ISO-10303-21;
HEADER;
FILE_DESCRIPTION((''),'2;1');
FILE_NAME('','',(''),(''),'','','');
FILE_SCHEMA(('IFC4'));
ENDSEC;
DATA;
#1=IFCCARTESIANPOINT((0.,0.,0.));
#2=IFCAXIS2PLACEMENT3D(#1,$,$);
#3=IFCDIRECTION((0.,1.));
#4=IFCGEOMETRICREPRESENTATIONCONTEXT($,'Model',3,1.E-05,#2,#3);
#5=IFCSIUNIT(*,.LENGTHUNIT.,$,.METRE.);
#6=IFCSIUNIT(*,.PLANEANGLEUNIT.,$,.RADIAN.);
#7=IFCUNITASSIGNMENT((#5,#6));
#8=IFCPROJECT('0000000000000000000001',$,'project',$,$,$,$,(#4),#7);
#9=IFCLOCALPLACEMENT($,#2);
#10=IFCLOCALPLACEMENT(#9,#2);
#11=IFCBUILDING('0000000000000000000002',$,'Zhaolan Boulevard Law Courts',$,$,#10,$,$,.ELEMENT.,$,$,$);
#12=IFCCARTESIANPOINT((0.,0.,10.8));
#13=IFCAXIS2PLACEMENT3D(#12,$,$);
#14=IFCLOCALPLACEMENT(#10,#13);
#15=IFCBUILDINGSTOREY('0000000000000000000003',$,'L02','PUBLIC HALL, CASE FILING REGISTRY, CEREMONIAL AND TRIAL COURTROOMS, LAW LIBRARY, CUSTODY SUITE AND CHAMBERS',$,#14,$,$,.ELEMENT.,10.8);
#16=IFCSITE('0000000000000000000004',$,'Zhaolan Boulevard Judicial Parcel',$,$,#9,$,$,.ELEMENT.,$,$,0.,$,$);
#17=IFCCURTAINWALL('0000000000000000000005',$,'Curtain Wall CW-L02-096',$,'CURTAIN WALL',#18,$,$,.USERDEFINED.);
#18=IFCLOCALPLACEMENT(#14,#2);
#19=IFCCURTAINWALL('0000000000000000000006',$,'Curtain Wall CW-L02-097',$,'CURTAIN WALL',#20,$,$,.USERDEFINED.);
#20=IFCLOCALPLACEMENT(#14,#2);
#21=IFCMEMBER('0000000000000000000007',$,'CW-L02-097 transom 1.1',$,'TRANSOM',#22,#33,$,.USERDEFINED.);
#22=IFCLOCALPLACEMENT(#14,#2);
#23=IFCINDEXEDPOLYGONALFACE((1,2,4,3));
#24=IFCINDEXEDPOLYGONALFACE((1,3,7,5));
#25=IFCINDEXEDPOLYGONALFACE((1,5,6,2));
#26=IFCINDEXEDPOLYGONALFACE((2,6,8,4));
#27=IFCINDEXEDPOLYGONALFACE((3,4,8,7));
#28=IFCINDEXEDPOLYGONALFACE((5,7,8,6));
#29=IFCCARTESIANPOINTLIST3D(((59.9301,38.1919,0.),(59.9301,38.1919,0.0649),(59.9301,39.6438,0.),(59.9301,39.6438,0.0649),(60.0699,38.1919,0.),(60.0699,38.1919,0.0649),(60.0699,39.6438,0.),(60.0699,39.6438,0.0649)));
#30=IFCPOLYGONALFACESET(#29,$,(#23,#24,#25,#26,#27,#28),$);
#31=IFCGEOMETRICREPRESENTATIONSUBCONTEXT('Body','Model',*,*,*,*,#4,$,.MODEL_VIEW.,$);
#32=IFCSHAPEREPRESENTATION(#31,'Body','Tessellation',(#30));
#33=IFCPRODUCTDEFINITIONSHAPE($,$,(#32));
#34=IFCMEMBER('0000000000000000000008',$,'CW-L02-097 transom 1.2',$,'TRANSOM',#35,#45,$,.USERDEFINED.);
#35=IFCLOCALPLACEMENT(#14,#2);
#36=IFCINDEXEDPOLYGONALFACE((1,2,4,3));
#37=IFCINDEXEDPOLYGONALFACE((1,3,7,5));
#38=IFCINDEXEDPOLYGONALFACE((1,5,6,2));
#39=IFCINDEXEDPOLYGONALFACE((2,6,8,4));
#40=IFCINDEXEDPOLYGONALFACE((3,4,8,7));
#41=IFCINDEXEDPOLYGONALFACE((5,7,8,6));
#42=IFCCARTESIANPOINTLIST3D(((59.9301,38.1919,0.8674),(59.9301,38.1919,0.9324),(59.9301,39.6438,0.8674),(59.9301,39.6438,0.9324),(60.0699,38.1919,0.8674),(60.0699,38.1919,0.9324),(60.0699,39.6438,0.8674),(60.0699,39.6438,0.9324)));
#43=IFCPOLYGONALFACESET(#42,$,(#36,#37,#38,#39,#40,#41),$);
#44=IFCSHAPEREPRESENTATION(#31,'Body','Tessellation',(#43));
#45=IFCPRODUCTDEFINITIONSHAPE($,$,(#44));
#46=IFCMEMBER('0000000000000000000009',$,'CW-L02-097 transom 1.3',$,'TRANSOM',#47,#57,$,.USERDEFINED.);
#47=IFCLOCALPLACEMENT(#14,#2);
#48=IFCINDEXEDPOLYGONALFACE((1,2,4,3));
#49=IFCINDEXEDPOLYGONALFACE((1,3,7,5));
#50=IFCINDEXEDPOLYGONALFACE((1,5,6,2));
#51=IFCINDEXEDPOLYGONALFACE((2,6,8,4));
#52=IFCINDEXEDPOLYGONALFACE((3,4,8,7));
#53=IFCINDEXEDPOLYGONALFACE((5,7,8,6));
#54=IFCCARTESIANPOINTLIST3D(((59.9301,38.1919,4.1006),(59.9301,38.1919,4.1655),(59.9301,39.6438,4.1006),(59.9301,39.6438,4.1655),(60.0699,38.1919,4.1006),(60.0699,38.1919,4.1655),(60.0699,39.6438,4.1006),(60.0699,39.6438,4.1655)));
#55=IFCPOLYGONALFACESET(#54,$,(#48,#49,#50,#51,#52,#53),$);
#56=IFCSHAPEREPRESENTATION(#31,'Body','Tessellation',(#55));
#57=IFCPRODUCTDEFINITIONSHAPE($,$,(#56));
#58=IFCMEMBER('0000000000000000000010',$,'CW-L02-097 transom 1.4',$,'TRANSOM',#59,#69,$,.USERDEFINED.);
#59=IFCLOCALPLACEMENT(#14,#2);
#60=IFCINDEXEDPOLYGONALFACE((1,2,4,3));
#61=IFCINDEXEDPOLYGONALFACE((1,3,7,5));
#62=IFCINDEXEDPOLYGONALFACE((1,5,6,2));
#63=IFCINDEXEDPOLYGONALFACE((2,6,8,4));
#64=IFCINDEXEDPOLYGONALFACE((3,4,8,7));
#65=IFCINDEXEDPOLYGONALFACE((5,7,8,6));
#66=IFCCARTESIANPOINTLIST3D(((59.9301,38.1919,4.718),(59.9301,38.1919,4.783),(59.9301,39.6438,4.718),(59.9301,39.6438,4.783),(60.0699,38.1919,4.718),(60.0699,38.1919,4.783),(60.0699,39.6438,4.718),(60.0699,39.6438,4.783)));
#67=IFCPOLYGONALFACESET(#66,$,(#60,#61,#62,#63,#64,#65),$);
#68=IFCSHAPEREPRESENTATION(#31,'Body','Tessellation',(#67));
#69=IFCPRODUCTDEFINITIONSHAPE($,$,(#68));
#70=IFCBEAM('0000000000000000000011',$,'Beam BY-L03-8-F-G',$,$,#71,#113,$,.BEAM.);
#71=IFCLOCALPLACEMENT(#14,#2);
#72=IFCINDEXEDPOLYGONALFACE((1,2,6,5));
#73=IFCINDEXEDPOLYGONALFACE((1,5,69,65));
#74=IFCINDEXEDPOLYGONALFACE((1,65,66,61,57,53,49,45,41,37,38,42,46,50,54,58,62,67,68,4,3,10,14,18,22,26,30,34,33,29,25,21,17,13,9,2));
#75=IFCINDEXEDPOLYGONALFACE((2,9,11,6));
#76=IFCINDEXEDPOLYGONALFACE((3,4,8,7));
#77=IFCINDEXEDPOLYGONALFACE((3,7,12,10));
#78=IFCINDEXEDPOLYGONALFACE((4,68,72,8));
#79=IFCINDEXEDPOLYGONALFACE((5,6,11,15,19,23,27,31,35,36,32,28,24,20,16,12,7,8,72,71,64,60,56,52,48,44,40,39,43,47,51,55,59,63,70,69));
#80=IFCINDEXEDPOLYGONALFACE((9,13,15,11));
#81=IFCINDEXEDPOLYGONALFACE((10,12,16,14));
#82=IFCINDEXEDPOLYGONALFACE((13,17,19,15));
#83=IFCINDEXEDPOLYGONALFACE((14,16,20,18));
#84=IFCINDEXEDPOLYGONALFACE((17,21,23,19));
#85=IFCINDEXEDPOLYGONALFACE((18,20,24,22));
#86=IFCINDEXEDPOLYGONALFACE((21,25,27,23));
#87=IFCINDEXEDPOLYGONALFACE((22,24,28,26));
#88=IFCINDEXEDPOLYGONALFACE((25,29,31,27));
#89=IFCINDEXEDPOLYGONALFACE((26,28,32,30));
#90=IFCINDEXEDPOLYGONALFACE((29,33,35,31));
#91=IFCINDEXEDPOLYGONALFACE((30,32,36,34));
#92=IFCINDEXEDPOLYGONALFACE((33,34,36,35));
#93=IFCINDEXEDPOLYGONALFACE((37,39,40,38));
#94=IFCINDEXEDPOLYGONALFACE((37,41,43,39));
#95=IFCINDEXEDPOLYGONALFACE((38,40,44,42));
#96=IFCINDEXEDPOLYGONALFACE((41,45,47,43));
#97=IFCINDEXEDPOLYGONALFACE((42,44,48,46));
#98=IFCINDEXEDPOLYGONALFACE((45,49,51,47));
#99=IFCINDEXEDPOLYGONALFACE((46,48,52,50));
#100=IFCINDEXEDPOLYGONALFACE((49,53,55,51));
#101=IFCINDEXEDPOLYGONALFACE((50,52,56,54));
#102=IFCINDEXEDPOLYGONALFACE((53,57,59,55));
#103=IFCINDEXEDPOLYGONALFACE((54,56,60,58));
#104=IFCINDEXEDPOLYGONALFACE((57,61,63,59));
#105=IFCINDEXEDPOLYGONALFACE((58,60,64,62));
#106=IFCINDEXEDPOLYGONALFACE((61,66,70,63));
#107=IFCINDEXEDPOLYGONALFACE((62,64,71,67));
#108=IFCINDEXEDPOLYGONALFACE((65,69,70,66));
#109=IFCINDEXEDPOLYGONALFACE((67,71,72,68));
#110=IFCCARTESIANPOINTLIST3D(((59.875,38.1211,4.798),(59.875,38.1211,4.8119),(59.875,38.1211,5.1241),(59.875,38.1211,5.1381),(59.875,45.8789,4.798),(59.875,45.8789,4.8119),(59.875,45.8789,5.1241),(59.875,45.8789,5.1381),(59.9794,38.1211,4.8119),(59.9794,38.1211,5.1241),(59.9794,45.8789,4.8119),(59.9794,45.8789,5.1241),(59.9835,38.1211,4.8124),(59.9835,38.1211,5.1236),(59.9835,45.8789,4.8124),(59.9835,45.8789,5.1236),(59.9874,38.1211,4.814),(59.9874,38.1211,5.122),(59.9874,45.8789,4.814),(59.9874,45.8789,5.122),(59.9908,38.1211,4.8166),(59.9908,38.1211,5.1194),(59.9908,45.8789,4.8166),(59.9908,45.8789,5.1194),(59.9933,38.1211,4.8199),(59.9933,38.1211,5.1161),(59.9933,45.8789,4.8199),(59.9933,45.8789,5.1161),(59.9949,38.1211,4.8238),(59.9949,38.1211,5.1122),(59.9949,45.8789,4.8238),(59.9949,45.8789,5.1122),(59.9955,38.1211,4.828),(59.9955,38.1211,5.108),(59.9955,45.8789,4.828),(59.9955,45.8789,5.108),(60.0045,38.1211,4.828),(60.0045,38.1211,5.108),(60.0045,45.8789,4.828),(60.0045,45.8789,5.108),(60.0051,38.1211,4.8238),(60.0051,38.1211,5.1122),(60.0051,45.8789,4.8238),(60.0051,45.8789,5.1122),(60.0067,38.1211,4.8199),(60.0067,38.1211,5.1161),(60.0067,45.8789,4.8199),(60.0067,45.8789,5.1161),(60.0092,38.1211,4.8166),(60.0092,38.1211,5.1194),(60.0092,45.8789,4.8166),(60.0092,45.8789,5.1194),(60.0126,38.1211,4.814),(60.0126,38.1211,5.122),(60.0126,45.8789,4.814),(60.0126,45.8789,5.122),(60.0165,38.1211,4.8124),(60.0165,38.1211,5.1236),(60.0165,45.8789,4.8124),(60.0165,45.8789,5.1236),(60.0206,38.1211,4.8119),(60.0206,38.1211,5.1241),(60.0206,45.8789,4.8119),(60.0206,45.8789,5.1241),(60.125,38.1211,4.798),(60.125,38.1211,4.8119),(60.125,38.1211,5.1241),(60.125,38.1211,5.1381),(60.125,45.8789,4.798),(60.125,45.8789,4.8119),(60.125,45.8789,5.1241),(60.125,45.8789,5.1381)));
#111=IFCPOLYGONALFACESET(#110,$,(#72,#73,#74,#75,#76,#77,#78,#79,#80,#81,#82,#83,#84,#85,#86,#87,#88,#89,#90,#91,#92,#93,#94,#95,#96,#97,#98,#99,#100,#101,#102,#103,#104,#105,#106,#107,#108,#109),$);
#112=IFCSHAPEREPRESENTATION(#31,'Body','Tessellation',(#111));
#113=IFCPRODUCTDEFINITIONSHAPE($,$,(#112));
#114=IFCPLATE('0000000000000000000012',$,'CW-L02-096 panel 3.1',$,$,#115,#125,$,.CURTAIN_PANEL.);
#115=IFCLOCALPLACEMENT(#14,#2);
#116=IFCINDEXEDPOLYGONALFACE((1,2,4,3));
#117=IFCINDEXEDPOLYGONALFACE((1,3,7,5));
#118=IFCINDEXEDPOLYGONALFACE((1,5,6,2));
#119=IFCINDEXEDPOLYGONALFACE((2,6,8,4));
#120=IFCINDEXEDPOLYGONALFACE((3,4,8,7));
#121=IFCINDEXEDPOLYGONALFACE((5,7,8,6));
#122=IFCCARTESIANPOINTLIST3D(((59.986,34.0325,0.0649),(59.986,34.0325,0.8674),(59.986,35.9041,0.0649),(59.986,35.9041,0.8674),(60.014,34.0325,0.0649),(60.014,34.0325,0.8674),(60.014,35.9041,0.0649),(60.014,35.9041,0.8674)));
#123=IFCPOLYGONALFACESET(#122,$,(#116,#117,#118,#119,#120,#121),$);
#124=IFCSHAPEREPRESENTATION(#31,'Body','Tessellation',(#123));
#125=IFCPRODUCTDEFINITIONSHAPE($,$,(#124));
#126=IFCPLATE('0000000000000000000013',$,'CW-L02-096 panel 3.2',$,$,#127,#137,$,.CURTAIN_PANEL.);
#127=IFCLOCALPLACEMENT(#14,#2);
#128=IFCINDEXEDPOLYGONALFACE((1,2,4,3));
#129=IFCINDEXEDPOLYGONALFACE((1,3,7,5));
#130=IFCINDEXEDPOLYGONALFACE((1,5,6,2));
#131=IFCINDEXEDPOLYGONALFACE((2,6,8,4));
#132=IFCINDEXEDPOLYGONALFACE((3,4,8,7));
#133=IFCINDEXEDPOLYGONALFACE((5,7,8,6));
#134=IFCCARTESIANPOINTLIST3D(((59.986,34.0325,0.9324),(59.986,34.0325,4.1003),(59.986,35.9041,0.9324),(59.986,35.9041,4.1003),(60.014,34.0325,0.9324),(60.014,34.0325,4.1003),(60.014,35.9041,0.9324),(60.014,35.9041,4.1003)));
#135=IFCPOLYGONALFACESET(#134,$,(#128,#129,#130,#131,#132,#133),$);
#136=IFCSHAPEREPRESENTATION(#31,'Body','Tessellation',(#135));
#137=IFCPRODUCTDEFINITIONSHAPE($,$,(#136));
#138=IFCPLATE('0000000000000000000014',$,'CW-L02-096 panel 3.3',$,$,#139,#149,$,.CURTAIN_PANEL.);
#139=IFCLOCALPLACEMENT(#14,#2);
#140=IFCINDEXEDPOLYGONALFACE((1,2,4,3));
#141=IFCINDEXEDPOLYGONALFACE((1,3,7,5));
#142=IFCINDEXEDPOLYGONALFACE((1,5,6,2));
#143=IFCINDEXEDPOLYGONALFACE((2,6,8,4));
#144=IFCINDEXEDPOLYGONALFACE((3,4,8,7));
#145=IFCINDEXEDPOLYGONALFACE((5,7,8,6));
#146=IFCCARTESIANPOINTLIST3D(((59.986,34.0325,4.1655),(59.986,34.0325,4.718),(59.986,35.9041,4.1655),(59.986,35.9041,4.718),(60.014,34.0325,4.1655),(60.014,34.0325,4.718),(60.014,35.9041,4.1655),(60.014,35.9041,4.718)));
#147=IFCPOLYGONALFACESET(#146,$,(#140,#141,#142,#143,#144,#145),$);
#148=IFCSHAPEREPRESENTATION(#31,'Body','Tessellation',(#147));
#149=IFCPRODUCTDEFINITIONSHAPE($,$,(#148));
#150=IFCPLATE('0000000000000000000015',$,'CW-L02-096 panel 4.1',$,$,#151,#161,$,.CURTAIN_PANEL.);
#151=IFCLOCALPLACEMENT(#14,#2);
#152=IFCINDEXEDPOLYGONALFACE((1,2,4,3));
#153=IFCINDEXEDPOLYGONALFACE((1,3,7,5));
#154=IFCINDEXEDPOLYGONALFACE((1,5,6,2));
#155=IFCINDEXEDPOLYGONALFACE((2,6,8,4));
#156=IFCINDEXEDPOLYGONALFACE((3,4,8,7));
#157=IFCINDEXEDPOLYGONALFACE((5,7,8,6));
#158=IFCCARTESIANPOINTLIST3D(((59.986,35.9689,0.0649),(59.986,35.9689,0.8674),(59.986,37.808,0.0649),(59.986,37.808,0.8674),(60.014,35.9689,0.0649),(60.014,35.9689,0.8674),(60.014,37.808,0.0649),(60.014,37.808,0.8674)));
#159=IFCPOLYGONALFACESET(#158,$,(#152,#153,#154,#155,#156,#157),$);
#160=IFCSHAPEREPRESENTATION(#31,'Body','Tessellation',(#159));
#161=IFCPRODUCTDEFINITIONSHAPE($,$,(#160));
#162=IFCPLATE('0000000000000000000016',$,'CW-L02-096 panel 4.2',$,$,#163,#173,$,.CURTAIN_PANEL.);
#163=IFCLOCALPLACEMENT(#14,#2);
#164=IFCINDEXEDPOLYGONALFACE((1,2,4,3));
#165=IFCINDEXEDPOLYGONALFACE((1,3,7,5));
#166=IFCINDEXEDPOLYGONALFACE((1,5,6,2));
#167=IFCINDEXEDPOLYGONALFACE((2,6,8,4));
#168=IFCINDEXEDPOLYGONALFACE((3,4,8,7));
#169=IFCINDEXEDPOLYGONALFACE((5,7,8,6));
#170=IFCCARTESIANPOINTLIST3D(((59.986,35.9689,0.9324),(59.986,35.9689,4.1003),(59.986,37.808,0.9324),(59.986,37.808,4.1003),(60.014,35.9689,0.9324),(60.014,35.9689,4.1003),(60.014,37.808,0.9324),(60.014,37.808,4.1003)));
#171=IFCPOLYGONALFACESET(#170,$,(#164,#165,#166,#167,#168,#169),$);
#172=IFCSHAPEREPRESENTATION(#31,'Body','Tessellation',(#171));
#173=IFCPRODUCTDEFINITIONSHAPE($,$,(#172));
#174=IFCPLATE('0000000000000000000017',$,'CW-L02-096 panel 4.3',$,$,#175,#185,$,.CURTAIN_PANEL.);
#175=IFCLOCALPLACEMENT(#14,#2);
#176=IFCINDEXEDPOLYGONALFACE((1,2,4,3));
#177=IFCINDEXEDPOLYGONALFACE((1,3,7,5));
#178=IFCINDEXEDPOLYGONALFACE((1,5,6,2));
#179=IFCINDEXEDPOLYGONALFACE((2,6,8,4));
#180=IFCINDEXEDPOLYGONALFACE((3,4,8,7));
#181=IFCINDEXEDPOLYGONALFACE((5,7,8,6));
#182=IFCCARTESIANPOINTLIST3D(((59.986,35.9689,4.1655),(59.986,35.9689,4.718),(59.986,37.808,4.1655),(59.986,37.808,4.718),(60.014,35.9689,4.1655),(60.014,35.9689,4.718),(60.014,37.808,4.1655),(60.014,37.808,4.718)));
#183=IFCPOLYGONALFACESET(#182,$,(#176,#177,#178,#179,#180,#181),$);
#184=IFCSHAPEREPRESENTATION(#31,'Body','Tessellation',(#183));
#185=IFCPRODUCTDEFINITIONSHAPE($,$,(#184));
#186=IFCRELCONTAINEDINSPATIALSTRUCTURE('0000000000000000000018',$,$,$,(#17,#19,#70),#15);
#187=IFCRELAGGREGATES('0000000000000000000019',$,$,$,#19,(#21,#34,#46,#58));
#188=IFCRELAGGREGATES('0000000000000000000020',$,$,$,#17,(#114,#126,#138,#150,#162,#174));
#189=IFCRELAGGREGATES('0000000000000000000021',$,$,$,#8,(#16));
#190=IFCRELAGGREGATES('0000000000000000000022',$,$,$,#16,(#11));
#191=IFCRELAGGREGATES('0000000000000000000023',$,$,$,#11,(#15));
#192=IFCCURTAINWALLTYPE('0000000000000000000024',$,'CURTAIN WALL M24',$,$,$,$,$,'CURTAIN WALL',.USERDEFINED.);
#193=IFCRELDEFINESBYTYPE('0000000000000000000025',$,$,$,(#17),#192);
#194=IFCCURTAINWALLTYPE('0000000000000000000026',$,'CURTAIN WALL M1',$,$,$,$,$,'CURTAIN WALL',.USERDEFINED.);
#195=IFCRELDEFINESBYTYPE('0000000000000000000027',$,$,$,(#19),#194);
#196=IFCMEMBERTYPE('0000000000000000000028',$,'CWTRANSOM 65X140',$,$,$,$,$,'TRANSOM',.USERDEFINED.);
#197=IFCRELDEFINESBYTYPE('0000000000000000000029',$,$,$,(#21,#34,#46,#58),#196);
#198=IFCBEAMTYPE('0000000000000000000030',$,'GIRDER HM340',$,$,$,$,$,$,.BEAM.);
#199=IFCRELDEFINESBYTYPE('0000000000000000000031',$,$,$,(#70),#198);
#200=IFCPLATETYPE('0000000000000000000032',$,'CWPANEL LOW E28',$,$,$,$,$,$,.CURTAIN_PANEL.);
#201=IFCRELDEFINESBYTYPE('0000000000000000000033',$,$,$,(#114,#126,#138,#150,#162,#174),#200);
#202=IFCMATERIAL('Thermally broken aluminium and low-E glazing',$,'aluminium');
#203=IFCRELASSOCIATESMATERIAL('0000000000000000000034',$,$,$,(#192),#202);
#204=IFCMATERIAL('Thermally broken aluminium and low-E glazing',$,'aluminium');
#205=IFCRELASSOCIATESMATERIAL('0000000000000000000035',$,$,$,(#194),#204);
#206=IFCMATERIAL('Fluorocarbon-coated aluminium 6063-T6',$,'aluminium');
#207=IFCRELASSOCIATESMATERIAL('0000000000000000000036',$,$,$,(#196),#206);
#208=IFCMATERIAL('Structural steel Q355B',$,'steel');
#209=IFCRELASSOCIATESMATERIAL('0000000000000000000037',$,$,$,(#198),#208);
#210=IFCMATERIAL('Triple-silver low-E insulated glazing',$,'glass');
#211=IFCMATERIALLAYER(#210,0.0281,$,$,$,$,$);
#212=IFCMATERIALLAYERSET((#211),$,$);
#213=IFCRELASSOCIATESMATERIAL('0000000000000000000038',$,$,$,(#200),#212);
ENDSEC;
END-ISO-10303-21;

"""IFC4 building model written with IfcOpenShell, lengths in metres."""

from ifc_helpers import new_model, si_unit, direction, frame, origin, origin_2d, place, context, subcontext, project, spatial, rectangle, i_section, extrude, material, layer, layer_set, material_profile, profile_set, type_object, element, aggregate, save


model = new_model("IFC4")

# Units and contexts
model_context = context("Model", 3, precision=1e-05, world=origin(), true_north=direction((0.0, 1.0)))
body_context = subcontext(model_context, "Body", "Model", "MODEL_VIEW")
ifc_project = project(units=[si_unit("LENGTHUNIT", "METRE"), si_unit("PLANEANGLEUNIT", "RADIAN")], contexts=[model_context])

# Site, building, storey
site_placement = place(None, origin())
site = spatial("IfcSite", under=ifc_project, at=site_placement, Name="Zhaolan Boulevard Judicial Parcel", CompositionType="ELEMENT", RefElevation=0.0)
building_placement = place(site_placement, origin())
building = spatial("IfcBuilding", under=site, at=building_placement, Name="Zhaolan Boulevard Law Courts", CompositionType="ELEMENT")
storey_placement = place(building_placement, frame((0.0, 0.0, 10.8)))
storey = spatial("IfcBuildingStorey", under=building, at=storey_placement, Name="L02", Description="PUBLIC HALL, CASE FILING REGISTRY, CEREMONIAL AND TRIAL COURTROOMS, LAW LIBRARY, CUSTODY SUITE AND CHAMBERS", CompositionType="ELEMENT", Elevation=10.8)

# Curtain wall
ifc_material_1 = material(Name="Thermally broken aluminium and low-E glazing", Category="aluminium")
curtain_wall_type_1 = type_object("IfcCurtainWallType", Name="CURTAIN WALL M24", ElementType="CURTAIN WALL", PredefinedType="USERDEFINED", material=ifc_material_1)
curtain_wall_1_placement = place(storey_placement, origin())
curtain_wall_1 = element("IfcCurtainWall", 1, at=curtain_wall_1_placement, inside=storey, type_object=curtain_wall_type_1, Name="Curtain Wall CW-L02-096", ObjectType="CURTAIN WALL", PredefinedType="USERDEFINED")

# Curtain wall
ifc_material_2 = material(Name="Thermally broken aluminium and low-E glazing", Category="aluminium")
curtain_wall_type_2 = type_object("IfcCurtainWallType", Name="CURTAIN WALL M1", ElementType="CURTAIN WALL", PredefinedType="USERDEFINED", material=ifc_material_2)
curtain_wall_2_placement = place(storey_placement, origin())
curtain_wall_2 = element("IfcCurtainWall", 2, at=curtain_wall_2_placement, inside=storey, type_object=curtain_wall_type_2, Name="Curtain Wall CW-L02-097", ObjectType="CURTAIN WALL", PredefinedType="USERDEFINED")

# Members
ifc_material_3 = material(Name="Fluorocarbon-coated aluminium 6063-T6", Category="aluminium")
ifc_material_profile_1 = material_profile(ifc_material_3, rectangle(XDim=0.1399, YDim=0.0649, at=origin_2d()), Name="AL65x140")
ifc_profile_set_1 = profile_set([ifc_material_profile_1], Name="Fluorocarbon-coated aluminium 6063-T6")
member_type_1 = type_object("IfcMemberType", Name="CWTRANSOM 65X140", ElementType="TRANSOM", PredefinedType="USERDEFINED", material=ifc_profile_set_1)
member_1_placement = place(storey_placement, frame((60.0, 38.1919, 0.0325), z_axis=(0.0, 1.0, 0.0), x_axis=(-1.0, 0.0, 0.0)))
member_1 = element("IfcMember", 3, at=member_1_placement, type_object=member_type_1, Name="CW-L02-097 transom 1.1", ObjectType="TRANSOM", PredefinedType="USERDEFINED", context=body_context, shape_type="SweptSolid", body=[
    extrude(rectangle(XDim=0.1399, YDim=0.0649, at=origin_2d()), origin(), (0.0, 0.0, 1.0), 1.4519),
])
member_2_placement = place(storey_placement, frame((60.0, 38.1919, 0.8999), z_axis=(0.0, 1.0, 0.0), x_axis=(-1.0, 0.0, 0.0)))
member_2 = element("IfcMember", 4, at=member_2_placement, type_object=member_type_1, Name="CW-L02-097 transom 1.2", ObjectType="TRANSOM", PredefinedType="USERDEFINED", context=body_context, shape_type="SweptSolid", body=[
    extrude(rectangle(XDim=0.1399, YDim=0.0649, at=origin_2d()), origin(), (0.0, 0.0, 1.0), 1.4519),
])
member_3_placement = place(storey_placement, frame((60.0, 38.1919, 4.1331), z_axis=(0.0, 1.0, 0.0), x_axis=(-1.0, 0.0, 0.0)))
member_3 = element("IfcMember", 5, at=member_3_placement, type_object=member_type_1, Name="CW-L02-097 transom 1.3", ObjectType="TRANSOM", PredefinedType="USERDEFINED", context=body_context, shape_type="SweptSolid", body=[
    extrude(rectangle(XDim=0.1399, YDim=0.0649, at=origin_2d()), origin(), (0.0, 0.0, 1.0), 1.4519),
])
member_4_placement = place(storey_placement, frame((60.0, 38.1919, 4.7505), z_axis=(0.0, 1.0, 0.0), x_axis=(-1.0, 0.0, 0.0)))
member_4 = element("IfcMember", 6, at=member_4_placement, type_object=member_type_1, Name="CW-L02-097 transom 1.4", ObjectType="TRANSOM", PredefinedType="USERDEFINED", context=body_context, shape_type="SweptSolid", body=[
    extrude(rectangle(XDim=0.1399, YDim=0.0649, at=origin_2d()), origin(), (0.0, 0.0, 1.0), 1.4519),
])
aggregate(curtain_wall_2, [member_1, member_2, member_3, member_4])

# Beam
ifc_material_4 = material(Name="Structural steel Q355B", Category="steel")
ifc_material_profile_2 = material_profile(ifc_material_4, i_section(OverallWidth=0.25, OverallDepth=0.3401, WebThickness=0.009, FlangeThickness=0.0139, FilletRadius=0.0161, at=origin_2d()), Name="HM340x250")
ifc_profile_set_2 = profile_set([ifc_material_profile_2], Name="Structural steel Q355B")
beam_type = type_object("IfcBeamType", Name="GIRDER HM340", PredefinedType="BEAM", material=ifc_profile_set_2)
beam_placement = place(storey_placement, frame((60.0, 38.1211, 4.968), z_axis=(0.0, 1.0, 0.0), x_axis=(-1.0, 0.0, 0.0)))
element("IfcBeam", 7, at=beam_placement, inside=storey, type_object=beam_type, Name="Beam BY-L03-8-F-G", PredefinedType="BEAM", context=body_context, shape_type="SweptSolid", body=[
    extrude(i_section(OverallWidth=0.25, OverallDepth=0.3401, WebThickness=0.009, FlangeThickness=0.0139, FilletRadius=0.0161, at=origin_2d()), origin(), (0.0, 0.0, 1.0), 7.7578),
])

# Plates
ifc_material_5 = material(Name="Triple-silver low-E insulated glazing", Category="glass")
ifc_layer = layer(ifc_material_5, 0.0281)
ifc_layer_set = layer_set([ifc_layer])
plate_type = type_object("IfcPlateType", Name="CWPANEL LOW E28", PredefinedType="CURTAIN_PANEL", material=ifc_layer_set)
plate_1_placement = place(storey_placement, frame((60.0, 34.9683, 0.0649), z_axis=(0.0, 0.0, 1.0), x_axis=(0.0, 1.0, 0.0)))
plate_1 = element("IfcPlate", 8, at=plate_1_placement, type_object=plate_type, Name="CW-L02-096 panel 3.1", PredefinedType="CURTAIN_PANEL", context=body_context, shape_type="SweptSolid", body=[
    extrude(rectangle(XDim=1.8716, YDim=0.0281, at=origin_2d()), origin(), (0.0, 0.0, 1.0), 0.8025),
])
plate_2_placement = place(storey_placement, frame((60.0, 34.9683, 0.9324), z_axis=(0.0, 0.0, 1.0), x_axis=(0.0, 1.0, 0.0)))
plate_2 = element("IfcPlate", 9, at=plate_2_placement, type_object=plate_type, Name="CW-L02-096 panel 3.2", PredefinedType="CURTAIN_PANEL", context=body_context, shape_type="SweptSolid", body=[
    extrude(rectangle(XDim=1.8716, YDim=0.0281, at=origin_2d()), origin(), (0.0, 0.0, 1.0), 3.168),
])
plate_3_placement = place(storey_placement, frame((60.0, 34.9683, 4.1655), z_axis=(0.0, 0.0, 1.0), x_axis=(0.0, 1.0, 0.0)))
plate_3 = element("IfcPlate", 10, at=plate_3_placement, type_object=plate_type, Name="CW-L02-096 panel 3.3", PredefinedType="CURTAIN_PANEL", context=body_context, shape_type="SweptSolid", body=[
    extrude(rectangle(XDim=1.8716, YDim=0.0281, at=origin_2d()), origin(), (0.0, 0.0, 1.0), 0.5525),
])
plate_4_placement = place(storey_placement, frame((60.0, 36.8884, 0.0649), z_axis=(0.0, 0.0, 1.0), x_axis=(0.0, 1.0, 0.0)))
plate_4 = element("IfcPlate", 11, at=plate_4_placement, type_object=plate_type, Name="CW-L02-096 panel 4.1", PredefinedType="CURTAIN_PANEL", context=body_context, shape_type="SweptSolid", body=[
    extrude(rectangle(XDim=1.8391, YDim=0.0281, at=origin_2d()), origin(), (0.0, 0.0, 1.0), 0.8025),
])
plate_5_placement = place(storey_placement, frame((60.0, 36.8884, 0.9324), z_axis=(0.0, 0.0, 1.0), x_axis=(0.0, 1.0, 0.0)))
plate_5 = element("IfcPlate", 12, at=plate_5_placement, type_object=plate_type, Name="CW-L02-096 panel 4.2", PredefinedType="CURTAIN_PANEL", context=body_context, shape_type="SweptSolid", body=[
    extrude(rectangle(XDim=1.8391, YDim=0.0281, at=origin_2d()), origin(), (0.0, 0.0, 1.0), 3.168),
])
plate_6_placement = place(storey_placement, frame((60.0, 36.8884, 4.1655), z_axis=(0.0, 0.0, 1.0), x_axis=(0.0, 1.0, 0.0)))
plate_6 = element("IfcPlate", 13, at=plate_6_placement, type_object=plate_type, Name="CW-L02-096 panel 4.3", PredefinedType="CURTAIN_PANEL", context=body_context, shape_type="SweptSolid", body=[
    extrude(rectangle(XDim=1.8391, YDim=0.0281, at=origin_2d()), origin(), (0.0, 0.0, 1.0), 0.5525),
])
aggregate(curtain_wall_1, [plate_1, plate_2, plate_3, plate_4, plate_5, plate_6])

save(model, "model.ifc")
